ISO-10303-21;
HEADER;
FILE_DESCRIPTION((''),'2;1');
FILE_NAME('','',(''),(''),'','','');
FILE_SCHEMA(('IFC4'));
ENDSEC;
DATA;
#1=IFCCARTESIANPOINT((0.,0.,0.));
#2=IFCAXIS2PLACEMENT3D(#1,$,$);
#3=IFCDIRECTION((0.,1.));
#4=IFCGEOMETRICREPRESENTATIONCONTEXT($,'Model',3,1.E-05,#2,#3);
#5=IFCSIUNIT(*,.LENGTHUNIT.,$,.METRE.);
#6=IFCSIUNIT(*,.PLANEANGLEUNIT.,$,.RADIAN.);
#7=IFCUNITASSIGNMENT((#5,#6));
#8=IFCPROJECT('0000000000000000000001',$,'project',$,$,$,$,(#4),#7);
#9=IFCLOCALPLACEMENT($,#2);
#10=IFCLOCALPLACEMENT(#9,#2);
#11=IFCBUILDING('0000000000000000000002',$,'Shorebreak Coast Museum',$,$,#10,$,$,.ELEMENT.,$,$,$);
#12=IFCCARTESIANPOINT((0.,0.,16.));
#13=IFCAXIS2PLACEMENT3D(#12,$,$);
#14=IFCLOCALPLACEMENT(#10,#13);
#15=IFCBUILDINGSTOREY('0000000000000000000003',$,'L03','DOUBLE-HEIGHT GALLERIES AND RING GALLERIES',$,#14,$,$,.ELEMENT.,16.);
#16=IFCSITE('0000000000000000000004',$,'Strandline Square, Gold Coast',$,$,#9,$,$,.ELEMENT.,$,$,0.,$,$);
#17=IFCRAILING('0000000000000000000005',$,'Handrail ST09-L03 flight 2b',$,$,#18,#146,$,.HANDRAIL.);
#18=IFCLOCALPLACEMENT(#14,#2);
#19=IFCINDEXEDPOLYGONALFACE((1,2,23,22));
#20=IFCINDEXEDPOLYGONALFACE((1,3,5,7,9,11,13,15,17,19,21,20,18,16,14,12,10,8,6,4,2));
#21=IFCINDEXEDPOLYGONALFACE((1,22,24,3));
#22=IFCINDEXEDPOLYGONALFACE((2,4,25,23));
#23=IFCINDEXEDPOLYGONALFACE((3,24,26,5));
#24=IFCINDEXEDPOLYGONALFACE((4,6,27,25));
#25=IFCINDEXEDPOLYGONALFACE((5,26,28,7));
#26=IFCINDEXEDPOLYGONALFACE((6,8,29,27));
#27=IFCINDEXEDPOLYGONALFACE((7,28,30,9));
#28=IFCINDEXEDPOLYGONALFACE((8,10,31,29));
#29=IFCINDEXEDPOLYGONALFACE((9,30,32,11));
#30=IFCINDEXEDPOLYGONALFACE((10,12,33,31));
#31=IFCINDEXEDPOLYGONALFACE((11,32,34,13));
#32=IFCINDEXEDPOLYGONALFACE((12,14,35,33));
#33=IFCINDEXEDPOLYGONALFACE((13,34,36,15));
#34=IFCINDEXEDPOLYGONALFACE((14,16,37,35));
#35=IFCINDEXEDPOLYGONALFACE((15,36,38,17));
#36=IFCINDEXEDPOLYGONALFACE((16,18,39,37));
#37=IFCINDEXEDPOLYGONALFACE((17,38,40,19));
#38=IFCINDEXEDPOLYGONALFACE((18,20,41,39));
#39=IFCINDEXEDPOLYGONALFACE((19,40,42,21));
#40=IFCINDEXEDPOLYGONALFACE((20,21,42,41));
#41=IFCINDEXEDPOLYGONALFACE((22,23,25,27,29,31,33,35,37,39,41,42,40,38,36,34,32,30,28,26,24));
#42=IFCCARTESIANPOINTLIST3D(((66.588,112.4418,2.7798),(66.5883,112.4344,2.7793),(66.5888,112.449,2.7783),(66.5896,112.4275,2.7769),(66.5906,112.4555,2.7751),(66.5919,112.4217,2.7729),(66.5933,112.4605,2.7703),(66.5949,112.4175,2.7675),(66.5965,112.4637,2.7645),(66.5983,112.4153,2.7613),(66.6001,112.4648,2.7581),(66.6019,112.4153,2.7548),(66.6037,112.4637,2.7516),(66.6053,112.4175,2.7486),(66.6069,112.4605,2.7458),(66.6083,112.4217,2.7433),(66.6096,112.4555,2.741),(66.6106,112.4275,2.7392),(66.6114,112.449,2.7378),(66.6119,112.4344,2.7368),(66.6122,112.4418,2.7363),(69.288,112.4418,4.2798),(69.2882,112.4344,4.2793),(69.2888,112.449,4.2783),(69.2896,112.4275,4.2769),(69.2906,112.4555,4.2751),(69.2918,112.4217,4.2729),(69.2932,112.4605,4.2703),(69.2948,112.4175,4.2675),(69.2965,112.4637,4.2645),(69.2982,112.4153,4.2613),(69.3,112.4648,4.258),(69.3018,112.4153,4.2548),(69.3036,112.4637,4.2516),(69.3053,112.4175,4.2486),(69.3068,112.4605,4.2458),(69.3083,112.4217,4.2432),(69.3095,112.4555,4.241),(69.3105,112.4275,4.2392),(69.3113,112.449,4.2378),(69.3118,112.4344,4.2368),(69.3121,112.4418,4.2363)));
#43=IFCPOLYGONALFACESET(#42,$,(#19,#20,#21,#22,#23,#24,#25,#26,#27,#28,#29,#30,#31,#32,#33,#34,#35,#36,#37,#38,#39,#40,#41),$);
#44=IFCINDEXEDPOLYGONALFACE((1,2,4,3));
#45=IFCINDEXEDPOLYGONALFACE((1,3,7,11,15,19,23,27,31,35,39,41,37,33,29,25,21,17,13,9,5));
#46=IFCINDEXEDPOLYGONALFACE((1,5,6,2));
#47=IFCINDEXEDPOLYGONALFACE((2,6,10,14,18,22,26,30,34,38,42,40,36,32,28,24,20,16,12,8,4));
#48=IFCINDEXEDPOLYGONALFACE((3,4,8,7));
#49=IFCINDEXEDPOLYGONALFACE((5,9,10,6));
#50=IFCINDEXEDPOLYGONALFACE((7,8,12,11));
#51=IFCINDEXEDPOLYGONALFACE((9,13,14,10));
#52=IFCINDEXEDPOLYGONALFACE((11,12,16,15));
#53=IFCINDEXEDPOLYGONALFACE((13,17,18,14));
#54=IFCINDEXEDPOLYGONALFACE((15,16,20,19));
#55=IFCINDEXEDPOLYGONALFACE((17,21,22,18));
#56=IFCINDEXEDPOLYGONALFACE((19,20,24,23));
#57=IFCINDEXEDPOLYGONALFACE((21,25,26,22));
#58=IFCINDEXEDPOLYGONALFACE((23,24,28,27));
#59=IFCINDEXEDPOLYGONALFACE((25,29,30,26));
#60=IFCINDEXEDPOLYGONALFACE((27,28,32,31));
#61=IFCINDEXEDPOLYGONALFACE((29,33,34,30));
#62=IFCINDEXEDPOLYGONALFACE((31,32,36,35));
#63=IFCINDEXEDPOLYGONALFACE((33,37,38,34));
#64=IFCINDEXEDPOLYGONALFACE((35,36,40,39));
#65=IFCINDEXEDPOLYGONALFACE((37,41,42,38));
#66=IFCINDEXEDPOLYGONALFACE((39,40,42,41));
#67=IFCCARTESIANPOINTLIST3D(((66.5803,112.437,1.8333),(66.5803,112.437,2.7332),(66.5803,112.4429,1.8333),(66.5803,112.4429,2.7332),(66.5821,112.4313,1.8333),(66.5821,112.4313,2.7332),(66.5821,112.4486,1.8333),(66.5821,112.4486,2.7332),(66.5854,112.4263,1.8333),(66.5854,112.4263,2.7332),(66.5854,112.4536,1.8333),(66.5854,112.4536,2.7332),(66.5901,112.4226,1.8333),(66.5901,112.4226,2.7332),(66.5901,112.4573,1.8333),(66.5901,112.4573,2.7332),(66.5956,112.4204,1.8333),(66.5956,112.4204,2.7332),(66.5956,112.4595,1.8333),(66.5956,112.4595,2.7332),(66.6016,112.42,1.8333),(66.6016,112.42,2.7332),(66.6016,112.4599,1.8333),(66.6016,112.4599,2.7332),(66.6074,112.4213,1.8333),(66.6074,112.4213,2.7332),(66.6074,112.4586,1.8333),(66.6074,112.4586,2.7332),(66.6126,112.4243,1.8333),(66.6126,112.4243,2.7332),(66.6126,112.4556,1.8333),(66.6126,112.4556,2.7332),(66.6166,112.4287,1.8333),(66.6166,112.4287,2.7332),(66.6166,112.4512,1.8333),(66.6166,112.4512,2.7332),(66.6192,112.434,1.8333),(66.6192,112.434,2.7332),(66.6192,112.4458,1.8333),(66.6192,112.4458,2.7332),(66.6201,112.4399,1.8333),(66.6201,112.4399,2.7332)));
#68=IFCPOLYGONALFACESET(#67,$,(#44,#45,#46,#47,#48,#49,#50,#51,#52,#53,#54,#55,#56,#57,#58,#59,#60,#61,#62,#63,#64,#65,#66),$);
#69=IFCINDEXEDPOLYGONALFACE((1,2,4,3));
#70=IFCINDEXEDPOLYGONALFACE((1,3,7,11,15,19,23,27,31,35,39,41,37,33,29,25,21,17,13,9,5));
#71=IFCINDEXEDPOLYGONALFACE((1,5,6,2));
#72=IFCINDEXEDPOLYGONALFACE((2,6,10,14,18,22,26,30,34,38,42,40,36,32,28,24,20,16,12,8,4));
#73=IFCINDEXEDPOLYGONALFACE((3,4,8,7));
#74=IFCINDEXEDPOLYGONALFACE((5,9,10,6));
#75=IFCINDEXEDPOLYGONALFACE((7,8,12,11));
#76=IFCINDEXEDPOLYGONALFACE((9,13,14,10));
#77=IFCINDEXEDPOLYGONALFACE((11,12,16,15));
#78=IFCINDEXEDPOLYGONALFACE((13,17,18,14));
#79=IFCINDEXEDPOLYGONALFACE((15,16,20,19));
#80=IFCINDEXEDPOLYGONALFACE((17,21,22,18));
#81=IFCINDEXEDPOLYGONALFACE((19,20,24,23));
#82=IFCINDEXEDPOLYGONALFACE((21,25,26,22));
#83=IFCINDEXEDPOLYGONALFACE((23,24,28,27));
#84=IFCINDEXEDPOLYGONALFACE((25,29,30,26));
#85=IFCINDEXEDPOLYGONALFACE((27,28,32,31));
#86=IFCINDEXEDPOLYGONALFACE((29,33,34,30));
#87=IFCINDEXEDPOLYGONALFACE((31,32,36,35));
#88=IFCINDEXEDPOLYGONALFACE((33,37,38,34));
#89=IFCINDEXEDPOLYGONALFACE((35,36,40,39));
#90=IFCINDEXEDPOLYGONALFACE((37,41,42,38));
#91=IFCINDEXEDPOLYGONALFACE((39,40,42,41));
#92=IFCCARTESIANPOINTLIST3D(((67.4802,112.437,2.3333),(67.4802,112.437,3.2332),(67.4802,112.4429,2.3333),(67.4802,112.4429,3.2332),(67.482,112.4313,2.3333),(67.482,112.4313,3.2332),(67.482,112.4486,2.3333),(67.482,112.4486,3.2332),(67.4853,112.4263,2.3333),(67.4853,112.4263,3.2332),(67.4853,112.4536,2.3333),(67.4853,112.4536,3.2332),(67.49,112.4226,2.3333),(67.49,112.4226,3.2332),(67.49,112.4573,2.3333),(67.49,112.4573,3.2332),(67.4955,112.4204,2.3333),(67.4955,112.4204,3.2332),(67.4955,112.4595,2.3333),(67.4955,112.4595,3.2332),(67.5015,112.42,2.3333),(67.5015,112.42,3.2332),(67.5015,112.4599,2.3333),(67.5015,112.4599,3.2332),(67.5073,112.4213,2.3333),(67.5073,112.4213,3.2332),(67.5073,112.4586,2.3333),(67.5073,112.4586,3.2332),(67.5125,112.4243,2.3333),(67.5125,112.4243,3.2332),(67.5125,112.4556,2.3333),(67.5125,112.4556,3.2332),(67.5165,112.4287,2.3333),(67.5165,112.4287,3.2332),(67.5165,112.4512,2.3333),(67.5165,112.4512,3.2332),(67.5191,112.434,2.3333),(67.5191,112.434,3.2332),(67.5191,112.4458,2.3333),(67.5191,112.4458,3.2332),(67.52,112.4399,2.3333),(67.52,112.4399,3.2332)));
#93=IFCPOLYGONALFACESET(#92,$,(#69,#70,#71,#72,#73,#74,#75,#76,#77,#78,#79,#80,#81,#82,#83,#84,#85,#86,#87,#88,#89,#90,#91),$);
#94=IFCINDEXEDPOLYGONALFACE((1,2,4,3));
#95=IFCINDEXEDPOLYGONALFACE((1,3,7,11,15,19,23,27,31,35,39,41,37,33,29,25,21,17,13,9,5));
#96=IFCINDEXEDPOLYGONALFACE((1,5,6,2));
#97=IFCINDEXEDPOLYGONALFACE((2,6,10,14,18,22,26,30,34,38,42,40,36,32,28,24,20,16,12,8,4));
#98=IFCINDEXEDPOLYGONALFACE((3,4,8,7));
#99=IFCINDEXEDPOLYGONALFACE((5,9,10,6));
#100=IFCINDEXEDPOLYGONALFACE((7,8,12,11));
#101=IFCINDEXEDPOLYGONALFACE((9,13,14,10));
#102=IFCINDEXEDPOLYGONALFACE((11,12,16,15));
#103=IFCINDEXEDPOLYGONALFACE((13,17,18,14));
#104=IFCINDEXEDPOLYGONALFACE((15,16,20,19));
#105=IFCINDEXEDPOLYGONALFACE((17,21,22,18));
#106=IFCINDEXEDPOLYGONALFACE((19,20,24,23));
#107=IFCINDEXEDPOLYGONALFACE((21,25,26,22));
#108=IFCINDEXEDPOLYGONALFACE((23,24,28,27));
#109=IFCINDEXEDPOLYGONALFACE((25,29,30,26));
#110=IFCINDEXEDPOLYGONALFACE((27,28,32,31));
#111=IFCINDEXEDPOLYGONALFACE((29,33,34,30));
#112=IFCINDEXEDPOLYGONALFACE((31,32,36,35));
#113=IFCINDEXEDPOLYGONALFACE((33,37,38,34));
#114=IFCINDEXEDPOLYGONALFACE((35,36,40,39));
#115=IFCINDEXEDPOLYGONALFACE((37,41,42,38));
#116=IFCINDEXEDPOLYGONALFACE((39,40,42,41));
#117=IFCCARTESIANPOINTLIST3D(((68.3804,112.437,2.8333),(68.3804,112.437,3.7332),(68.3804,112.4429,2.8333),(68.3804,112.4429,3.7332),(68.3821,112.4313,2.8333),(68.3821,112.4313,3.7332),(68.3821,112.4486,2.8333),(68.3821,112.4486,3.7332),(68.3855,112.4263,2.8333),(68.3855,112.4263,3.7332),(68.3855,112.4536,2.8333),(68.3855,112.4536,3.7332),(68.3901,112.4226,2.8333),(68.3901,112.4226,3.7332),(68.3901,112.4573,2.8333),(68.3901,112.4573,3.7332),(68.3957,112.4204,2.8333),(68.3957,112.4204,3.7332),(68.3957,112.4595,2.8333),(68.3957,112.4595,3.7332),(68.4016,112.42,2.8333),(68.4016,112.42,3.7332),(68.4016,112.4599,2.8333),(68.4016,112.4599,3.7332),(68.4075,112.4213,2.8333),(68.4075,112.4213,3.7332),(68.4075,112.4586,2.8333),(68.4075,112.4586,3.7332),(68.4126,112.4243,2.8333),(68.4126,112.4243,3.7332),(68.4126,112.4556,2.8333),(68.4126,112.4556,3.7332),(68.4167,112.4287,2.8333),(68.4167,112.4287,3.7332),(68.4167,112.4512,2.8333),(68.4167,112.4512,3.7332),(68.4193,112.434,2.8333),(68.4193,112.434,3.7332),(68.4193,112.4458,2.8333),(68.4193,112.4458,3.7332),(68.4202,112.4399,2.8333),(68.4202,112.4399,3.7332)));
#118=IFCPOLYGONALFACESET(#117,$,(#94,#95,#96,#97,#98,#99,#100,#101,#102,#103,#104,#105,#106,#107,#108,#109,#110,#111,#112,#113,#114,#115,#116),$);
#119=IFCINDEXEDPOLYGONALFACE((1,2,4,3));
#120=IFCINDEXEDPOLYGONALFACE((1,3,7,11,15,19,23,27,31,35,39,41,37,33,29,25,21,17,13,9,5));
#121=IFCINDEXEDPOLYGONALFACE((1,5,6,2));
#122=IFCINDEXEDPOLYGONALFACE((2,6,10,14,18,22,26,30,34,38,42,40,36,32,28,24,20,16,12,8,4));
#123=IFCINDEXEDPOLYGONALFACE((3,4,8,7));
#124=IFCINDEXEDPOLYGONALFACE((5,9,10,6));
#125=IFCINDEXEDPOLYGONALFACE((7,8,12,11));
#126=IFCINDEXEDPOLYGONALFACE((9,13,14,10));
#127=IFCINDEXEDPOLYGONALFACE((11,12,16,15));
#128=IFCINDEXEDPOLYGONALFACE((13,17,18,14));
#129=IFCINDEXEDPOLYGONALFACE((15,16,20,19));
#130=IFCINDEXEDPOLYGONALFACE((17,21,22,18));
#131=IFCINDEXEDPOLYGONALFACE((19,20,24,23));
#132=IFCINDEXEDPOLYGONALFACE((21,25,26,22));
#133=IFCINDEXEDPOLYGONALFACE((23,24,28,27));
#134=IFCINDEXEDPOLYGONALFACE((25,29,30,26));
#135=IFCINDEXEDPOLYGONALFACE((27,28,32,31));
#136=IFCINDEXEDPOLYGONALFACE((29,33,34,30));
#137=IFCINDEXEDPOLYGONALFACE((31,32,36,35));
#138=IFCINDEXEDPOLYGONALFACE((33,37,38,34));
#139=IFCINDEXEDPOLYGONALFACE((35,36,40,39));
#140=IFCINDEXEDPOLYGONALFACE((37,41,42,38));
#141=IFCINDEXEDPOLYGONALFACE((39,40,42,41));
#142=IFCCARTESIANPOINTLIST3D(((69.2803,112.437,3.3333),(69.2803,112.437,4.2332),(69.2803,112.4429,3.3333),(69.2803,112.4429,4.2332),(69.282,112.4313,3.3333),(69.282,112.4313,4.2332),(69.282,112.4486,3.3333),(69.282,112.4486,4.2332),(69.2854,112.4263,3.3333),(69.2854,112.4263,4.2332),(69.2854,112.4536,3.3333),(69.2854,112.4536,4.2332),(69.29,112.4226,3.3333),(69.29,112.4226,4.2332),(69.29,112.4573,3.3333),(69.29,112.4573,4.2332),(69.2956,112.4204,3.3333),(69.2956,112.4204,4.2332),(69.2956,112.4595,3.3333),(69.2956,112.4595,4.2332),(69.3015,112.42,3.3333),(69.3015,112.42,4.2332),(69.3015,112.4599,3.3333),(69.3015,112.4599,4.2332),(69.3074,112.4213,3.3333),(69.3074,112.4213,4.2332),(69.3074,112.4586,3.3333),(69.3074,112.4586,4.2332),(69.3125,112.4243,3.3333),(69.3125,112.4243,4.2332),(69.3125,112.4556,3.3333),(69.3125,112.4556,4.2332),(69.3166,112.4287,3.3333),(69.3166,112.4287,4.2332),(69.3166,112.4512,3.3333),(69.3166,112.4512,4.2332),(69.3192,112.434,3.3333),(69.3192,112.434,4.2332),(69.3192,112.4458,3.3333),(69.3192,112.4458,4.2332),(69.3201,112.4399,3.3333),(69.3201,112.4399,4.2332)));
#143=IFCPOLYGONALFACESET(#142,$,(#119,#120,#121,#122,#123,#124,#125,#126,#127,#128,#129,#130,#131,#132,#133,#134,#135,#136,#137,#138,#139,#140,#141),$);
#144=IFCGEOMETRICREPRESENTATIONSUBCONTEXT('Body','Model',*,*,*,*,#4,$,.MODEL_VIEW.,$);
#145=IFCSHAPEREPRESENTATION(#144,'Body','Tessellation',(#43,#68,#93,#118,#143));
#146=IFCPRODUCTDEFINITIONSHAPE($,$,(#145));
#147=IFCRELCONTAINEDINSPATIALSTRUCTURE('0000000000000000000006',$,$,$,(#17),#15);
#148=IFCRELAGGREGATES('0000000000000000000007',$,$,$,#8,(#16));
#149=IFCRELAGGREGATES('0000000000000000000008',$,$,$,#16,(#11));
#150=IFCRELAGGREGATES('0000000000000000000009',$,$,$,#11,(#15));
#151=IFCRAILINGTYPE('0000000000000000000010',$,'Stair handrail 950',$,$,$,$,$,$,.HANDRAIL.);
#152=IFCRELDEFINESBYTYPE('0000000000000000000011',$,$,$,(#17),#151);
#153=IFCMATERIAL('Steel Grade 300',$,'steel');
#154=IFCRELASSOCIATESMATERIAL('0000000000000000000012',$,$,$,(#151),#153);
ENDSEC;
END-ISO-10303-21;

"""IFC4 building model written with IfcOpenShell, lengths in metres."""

from ifc_helpers import new_model, si_unit, direction, frame, origin, origin_2d, place, context, subcontext, project, spatial, circle, extrude, material, type_object, element, save


model = new_model("IFC4")

# Units and contexts
model_context = context("Model", 3, precision=1e-05, world=origin(), true_north=direction((0.0, 1.0)))
body_context = subcontext(model_context, "Body", "Model", "MODEL_VIEW")
ifc_project = project(units=[si_unit("LENGTHUNIT", "METRE"), si_unit("PLANEANGLEUNIT", "RADIAN")], contexts=[model_context])

# Site, building, storey
site_placement = place(None, origin())
site = spatial("IfcSite", under=ifc_project, at=site_placement, Name="Strandline Square, Gold Coast", CompositionType="ELEMENT", RefElevation=0.0)
building_placement = place(site_placement, origin())
building = spatial("IfcBuilding", under=site, at=building_placement, Name="Shorebreak Coast Museum", CompositionType="ELEMENT")
storey_placement = place(building_placement, frame((0.0, 0.0, 16.0)))
storey = spatial("IfcBuildingStorey", under=building, at=storey_placement, Name="L03", Description="DOUBLE-HEIGHT GALLERIES AND RING GALLERIES", CompositionType="ELEMENT", Elevation=16.0)

# Railing
ifc_material_1 = material(Name="Steel Grade 300", Category="steel")
railing_type_1 = type_object("IfcRailingType", Name="Stair handrail 950", PredefinedType="HANDRAIL", material=ifc_material_1)
for number, where, name in (
    (1, (66.6001, 112.4399, 1.8333), "Handrail ST09-L03 flight 2b"),
):
    element("IfcRailing", number, at=place(storey_placement, frame(where)), inside=storey, type_object=railing_type_1, Name=name, PredefinedType="HANDRAIL", context=body_context, shape_type="SweptSolid", body=[
        extrude(circle(Radius=0.0249, at=origin_2d()), frame((0.0, 0.0, 0.9248), z_axis=(0.874154, 0.0, 0.48565), x_axis=(0.0, 1.0, 0.0)), (0.0, 0.0, 1.0), 3.0886),
        extrude(circle(Radius=0.02, at=origin_2d()), origin(), (0.0, 0.0, 1.0), 0.8999),
        extrude(circle(Radius=0.02, at=origin_2d()), frame((0.8999, 0.0, 0.5)), (0.0, 0.0, 1.0), 0.8999),
        extrude(circle(Radius=0.02, at=origin_2d()), frame((1.8, 0.0, 1.0)), (0.0, 0.0, 1.0), 0.8999),
        extrude(circle(Radius=0.02, at=origin_2d()), frame((2.7, 0.0, 1.5)), (0.0, 0.0, 1.0), 0.8999),
    ])

save(model, "model.ifc")
